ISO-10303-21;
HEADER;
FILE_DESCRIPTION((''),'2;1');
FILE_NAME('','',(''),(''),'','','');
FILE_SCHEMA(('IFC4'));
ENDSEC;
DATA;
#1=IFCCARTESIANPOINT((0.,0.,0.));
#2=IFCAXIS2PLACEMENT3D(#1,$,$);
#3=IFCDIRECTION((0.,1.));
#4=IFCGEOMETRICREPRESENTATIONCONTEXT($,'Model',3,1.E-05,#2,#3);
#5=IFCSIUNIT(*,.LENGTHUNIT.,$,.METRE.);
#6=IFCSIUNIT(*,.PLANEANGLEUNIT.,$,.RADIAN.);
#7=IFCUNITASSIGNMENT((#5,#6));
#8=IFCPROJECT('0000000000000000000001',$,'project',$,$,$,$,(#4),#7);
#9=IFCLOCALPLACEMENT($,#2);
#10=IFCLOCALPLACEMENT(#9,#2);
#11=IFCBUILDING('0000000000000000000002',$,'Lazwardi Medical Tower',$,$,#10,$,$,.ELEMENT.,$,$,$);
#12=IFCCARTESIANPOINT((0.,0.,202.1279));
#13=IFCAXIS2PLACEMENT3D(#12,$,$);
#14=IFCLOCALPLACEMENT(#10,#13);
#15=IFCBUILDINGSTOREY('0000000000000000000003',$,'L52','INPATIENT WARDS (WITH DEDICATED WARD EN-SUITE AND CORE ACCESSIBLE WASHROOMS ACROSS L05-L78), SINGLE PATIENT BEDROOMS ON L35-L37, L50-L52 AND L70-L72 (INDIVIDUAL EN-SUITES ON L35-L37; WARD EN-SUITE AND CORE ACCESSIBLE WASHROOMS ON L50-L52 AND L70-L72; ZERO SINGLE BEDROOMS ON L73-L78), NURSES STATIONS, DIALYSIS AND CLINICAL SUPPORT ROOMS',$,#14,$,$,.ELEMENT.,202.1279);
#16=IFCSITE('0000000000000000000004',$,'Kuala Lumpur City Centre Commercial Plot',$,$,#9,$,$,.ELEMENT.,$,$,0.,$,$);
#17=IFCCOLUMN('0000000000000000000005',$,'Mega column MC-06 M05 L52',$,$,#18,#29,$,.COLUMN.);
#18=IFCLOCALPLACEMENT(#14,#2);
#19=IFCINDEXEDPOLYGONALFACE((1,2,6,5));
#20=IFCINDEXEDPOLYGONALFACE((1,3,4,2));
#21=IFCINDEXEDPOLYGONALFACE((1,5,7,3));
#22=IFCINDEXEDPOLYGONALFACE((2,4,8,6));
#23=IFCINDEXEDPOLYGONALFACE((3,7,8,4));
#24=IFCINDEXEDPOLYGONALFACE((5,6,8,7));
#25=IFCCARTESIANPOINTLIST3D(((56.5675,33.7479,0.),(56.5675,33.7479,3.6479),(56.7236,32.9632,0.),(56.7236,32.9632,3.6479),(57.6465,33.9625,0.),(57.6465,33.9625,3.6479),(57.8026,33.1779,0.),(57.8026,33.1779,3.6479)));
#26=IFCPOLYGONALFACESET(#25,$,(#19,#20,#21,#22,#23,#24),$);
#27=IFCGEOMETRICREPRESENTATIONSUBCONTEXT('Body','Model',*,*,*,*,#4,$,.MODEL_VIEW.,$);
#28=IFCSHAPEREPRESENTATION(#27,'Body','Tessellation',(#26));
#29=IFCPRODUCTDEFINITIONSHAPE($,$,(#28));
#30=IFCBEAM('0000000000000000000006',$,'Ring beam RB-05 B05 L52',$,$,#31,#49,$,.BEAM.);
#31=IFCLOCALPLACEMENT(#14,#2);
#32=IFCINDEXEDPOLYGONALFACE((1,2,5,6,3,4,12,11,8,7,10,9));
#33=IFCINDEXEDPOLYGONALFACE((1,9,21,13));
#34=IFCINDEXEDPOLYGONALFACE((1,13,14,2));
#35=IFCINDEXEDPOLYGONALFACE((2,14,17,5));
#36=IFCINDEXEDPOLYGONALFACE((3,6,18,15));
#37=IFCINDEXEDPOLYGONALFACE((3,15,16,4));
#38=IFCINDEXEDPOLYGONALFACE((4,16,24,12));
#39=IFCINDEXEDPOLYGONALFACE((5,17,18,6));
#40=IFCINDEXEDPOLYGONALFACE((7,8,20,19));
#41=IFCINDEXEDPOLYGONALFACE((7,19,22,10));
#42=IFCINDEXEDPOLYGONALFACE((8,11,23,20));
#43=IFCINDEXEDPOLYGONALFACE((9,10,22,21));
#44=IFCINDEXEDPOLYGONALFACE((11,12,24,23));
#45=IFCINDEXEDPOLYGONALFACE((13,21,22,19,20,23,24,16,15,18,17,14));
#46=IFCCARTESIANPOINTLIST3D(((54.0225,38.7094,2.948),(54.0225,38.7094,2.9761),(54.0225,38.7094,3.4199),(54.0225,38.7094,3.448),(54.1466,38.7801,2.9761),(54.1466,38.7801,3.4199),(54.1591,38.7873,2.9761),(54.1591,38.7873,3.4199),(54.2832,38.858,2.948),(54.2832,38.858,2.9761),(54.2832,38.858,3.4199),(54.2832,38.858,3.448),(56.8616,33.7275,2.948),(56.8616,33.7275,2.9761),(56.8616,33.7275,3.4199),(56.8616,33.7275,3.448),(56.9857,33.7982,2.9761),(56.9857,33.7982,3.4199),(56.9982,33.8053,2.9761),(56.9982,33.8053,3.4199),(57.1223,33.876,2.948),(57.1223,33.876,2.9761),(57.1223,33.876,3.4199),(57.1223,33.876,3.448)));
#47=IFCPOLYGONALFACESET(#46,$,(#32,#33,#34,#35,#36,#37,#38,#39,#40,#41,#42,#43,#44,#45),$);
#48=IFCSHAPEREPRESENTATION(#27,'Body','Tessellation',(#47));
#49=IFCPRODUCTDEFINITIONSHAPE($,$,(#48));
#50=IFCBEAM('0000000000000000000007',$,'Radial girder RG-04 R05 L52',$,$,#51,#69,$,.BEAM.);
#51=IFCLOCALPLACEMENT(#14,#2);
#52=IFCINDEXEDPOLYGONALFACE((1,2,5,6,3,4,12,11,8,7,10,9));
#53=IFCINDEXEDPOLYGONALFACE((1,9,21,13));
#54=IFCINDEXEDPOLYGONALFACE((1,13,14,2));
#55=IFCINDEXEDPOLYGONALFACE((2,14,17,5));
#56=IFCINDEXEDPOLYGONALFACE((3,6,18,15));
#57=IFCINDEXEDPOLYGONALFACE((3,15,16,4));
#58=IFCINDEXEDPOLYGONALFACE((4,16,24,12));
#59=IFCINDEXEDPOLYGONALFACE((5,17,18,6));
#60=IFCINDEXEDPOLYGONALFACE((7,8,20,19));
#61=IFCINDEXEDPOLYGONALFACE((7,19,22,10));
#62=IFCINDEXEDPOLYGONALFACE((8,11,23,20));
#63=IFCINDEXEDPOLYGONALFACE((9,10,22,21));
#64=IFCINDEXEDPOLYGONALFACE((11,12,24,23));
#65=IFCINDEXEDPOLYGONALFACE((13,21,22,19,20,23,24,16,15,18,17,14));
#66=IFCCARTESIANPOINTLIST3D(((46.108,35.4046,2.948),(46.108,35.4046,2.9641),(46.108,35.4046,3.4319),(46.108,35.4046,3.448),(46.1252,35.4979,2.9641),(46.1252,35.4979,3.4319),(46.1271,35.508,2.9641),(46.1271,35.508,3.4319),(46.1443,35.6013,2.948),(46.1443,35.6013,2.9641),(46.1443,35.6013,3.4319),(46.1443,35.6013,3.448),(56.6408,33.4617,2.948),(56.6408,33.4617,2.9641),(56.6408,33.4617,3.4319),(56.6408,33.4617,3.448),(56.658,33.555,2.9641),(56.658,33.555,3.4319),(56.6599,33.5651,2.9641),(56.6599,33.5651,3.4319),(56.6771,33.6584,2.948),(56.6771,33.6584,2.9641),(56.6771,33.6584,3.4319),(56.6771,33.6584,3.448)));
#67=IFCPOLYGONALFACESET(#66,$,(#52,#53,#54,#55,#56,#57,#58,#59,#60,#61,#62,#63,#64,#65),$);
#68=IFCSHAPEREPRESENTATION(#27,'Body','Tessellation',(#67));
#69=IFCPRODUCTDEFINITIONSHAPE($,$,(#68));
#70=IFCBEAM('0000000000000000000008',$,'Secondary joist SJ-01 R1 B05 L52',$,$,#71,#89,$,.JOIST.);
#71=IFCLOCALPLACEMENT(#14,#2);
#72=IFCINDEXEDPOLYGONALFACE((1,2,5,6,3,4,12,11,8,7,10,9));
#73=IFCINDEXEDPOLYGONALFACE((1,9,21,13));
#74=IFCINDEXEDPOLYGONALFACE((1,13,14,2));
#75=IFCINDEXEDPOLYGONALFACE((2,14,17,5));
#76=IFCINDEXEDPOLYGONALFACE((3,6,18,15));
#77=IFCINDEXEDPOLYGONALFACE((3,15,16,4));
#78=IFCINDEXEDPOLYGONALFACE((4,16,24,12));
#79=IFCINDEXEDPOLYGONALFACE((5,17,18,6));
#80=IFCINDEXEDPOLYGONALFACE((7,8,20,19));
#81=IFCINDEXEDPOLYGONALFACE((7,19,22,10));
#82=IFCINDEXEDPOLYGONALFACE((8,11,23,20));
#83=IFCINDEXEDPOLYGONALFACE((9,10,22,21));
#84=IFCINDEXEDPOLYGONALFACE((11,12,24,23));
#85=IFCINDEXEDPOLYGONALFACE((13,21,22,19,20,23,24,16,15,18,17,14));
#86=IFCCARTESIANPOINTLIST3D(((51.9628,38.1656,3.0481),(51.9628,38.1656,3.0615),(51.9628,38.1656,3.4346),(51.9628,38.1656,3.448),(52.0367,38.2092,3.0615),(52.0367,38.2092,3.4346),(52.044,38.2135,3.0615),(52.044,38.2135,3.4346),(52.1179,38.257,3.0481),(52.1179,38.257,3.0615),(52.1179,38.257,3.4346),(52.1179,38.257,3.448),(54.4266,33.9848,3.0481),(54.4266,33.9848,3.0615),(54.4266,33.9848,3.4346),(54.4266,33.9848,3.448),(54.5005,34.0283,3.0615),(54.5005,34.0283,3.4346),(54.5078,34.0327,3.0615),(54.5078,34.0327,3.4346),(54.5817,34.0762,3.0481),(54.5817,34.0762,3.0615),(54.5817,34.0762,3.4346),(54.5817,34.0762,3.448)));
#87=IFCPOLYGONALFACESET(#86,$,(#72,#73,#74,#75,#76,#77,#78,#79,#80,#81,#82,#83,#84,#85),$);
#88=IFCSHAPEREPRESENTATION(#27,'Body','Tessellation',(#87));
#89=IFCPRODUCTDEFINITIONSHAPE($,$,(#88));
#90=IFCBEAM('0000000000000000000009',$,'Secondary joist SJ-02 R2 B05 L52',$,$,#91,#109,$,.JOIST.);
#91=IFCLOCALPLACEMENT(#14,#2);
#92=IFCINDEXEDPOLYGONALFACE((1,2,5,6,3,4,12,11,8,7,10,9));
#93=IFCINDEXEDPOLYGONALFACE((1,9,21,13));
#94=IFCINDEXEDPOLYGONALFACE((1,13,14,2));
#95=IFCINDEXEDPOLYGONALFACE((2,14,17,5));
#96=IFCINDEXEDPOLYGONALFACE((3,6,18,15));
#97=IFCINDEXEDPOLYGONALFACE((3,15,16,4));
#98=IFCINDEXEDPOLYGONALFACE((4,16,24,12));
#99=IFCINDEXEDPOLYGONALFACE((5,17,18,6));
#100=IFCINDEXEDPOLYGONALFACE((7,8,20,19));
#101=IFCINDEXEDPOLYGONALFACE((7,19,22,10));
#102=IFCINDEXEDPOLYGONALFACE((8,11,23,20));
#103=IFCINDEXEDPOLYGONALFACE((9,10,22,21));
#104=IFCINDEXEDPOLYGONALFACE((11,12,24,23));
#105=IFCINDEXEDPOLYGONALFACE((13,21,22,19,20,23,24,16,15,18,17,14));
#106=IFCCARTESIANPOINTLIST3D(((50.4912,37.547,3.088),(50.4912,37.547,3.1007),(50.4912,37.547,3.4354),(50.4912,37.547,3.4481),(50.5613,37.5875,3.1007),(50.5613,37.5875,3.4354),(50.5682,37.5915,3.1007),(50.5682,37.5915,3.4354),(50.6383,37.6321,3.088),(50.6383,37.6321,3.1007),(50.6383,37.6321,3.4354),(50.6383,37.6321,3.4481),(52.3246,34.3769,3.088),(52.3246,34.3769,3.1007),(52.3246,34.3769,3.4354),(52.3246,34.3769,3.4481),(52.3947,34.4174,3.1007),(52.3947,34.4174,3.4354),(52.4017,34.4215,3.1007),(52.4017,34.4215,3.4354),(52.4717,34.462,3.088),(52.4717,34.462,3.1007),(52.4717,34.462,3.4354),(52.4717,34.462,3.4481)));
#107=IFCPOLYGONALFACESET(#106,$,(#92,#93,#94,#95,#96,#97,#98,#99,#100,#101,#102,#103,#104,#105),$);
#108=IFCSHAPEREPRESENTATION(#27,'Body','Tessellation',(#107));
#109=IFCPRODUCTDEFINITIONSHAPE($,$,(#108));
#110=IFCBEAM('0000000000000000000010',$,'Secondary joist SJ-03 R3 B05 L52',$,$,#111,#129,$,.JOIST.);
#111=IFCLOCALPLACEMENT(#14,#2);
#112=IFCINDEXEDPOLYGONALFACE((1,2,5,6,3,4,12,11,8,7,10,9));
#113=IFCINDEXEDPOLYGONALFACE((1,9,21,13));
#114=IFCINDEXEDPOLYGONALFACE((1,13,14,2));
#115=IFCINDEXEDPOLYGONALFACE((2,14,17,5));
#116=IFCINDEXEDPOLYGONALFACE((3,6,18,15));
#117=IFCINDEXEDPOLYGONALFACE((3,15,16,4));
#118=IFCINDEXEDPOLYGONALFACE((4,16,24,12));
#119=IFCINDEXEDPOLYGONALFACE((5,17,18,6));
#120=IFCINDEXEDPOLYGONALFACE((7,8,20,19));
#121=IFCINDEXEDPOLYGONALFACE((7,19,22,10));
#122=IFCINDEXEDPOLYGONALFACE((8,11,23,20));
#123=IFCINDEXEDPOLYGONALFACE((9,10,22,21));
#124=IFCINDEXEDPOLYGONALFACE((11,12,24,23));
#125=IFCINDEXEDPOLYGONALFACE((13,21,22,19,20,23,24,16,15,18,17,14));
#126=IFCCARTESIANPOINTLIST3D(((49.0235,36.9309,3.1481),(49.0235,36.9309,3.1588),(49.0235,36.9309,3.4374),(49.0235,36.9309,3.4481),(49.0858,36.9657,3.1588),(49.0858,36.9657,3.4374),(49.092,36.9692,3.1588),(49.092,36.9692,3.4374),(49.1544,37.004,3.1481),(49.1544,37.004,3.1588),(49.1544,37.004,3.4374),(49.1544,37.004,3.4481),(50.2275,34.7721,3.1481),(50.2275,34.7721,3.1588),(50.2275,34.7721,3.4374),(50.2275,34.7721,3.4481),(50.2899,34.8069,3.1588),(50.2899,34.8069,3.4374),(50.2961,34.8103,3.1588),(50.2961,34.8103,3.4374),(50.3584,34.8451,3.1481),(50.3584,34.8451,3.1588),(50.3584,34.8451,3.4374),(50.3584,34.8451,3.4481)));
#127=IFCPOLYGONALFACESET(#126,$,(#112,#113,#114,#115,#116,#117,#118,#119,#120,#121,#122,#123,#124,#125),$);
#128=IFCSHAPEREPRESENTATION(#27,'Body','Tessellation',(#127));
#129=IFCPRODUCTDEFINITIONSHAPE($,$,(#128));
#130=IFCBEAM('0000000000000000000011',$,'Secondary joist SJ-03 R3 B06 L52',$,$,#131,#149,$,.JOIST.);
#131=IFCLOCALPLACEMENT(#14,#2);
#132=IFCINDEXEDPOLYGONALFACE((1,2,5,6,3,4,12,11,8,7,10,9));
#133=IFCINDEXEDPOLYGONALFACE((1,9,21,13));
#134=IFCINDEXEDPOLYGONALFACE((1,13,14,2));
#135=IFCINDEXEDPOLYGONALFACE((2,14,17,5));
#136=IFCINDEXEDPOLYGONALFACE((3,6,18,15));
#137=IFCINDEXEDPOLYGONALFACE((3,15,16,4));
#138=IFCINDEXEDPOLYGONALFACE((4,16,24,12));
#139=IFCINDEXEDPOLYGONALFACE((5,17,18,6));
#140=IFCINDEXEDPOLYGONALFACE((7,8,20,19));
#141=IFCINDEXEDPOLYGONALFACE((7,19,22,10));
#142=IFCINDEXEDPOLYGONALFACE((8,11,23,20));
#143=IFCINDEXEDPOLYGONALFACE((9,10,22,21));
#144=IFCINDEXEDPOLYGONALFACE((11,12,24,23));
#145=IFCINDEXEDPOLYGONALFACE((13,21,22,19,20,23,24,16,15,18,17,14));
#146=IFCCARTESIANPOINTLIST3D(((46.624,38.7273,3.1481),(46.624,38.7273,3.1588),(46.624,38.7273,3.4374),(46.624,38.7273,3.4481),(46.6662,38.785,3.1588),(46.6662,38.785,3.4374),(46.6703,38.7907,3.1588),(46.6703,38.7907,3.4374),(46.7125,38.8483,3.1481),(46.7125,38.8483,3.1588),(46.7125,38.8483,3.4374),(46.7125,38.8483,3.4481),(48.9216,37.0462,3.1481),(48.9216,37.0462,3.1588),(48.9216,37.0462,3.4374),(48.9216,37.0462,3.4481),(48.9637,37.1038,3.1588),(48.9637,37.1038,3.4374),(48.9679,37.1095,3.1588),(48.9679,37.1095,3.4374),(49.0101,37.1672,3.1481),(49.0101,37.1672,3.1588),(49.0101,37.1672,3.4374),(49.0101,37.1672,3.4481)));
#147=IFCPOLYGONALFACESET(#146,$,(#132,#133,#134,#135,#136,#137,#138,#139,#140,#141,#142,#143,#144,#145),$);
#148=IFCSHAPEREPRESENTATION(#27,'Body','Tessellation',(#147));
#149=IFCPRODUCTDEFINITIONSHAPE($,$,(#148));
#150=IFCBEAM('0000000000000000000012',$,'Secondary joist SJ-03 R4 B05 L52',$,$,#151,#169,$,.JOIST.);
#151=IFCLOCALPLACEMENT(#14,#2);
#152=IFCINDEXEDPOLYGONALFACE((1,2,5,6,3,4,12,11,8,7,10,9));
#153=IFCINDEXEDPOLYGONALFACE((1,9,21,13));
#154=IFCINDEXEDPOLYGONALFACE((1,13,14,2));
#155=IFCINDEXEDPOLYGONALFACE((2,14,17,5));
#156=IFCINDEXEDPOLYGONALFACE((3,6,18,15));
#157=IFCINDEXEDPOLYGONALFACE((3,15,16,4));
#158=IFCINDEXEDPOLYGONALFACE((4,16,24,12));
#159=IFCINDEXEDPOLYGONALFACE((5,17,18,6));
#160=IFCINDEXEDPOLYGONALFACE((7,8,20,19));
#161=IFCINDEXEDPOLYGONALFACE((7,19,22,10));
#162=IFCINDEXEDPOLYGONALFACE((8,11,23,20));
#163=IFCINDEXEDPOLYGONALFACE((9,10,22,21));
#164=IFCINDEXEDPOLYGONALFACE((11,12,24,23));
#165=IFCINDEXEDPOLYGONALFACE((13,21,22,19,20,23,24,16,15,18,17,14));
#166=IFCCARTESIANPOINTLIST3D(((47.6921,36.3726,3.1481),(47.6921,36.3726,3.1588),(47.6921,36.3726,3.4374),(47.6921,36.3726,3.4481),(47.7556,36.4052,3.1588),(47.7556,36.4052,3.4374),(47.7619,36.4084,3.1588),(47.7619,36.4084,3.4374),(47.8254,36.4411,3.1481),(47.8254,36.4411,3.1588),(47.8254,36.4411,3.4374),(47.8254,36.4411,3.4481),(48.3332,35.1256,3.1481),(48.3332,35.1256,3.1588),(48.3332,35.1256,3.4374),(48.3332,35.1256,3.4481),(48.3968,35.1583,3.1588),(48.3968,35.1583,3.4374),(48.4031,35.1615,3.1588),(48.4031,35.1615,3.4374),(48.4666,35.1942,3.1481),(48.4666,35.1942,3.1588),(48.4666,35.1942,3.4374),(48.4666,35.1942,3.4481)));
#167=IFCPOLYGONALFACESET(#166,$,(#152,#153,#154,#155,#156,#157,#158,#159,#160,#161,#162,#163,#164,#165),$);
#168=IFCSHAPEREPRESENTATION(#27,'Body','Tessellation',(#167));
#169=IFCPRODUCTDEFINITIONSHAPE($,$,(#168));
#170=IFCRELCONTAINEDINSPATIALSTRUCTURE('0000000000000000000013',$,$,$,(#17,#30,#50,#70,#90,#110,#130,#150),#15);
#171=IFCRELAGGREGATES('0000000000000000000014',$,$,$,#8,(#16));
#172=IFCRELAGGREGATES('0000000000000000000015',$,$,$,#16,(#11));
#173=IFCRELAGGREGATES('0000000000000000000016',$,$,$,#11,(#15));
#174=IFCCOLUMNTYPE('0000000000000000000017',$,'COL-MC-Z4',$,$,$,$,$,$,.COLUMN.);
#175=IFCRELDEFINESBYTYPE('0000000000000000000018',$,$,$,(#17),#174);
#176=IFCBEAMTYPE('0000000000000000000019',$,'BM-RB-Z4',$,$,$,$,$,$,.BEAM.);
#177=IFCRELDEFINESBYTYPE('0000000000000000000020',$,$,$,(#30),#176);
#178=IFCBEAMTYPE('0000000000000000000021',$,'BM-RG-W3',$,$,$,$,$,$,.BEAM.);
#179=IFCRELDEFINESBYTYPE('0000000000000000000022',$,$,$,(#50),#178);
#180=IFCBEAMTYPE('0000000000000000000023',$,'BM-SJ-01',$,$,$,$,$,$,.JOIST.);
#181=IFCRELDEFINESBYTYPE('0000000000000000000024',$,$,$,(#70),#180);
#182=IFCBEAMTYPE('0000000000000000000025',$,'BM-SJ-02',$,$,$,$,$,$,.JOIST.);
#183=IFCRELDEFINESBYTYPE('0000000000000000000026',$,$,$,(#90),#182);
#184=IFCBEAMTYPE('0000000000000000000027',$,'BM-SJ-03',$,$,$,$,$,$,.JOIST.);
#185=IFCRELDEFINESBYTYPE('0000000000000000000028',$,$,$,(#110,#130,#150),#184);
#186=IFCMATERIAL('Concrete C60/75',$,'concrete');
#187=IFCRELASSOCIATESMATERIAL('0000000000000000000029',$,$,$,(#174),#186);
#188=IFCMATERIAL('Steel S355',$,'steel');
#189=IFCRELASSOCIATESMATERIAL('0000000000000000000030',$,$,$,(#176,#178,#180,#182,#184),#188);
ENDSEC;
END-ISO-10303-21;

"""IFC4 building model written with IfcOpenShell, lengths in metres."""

from ifc_helpers import new_model, si_unit, direction, frame, origin, origin_2d, place, context, subcontext, project, spatial, rectangle, i_section, extrude, material, material_profile, profile_set, type_object, element, save


model = new_model("IFC4")

# Units and contexts
model_context = context("Model", 3, precision=1e-05, world=origin(), true_north=direction((0.0, 1.0)))
body_context = subcontext(model_context, "Body", "Model", "MODEL_VIEW")
ifc_project = project(units=[si_unit("LENGTHUNIT", "METRE"), si_unit("PLANEANGLEUNIT", "RADIAN")], contexts=[model_context])

# Site, building, storey
site_placement = place(None, origin())
site = spatial("IfcSite", under=ifc_project, at=site_placement, Name="Kuala Lumpur City Centre Commercial Plot", CompositionType="ELEMENT", RefElevation=0.0)
building_placement = place(site_placement, origin())
building = spatial("IfcBuilding", under=site, at=building_placement, Name="Lazwardi Medical Tower", CompositionType="ELEMENT")
storey_placement = place(building_placement, frame((0.0, 0.0, 202.1279)))
storey = spatial("IfcBuildingStorey", under=building, at=storey_placement, Name="L52", Description="INPATIENT WARDS (WITH DEDICATED WARD EN-SUITE AND CORE ACCESSIBLE WASHROOMS ACROSS L05-L78), SINGLE PATIENT BEDROOMS ON L35-L37, L50-L52 AND L70-L72 (INDIVIDUAL EN-SUITES ON L35-L37; WARD EN-SUITE AND CORE ACCESSIBLE WASHROOMS ON L50-L52 AND L70-L72; ZERO SINGLE BEDROOMS ON L73-L78), NURSES STATIONS, DIALYSIS AND CLINICAL SUPPORT ROOMS", CompositionType="ELEMENT", Elevation=202.1279)

# Column
ifc_material_1 = material(Name="Concrete C60/75", Category="concrete")
ifc_material_profile_1 = material_profile(ifc_material_1, rectangle(XDim=1.1001, YDim=0.8, at=origin_2d()), Name="CFT-RECT 1100x800")
ifc_profile_set_1 = profile_set([ifc_material_profile_1], Name="Concrete C60/75")
column_type = type_object("IfcColumnType", Name="COL-MC-Z4", PredefinedType="COLUMN", material=ifc_profile_set_1)
column_placement = place(storey_placement, frame((57.1851, 33.4629, 0.0), z_axis=(0.0, 0.0, 1.0), x_axis=(0.980785, 0.19509, 0.0)))
element("IfcColumn", 1, at=column_placement, inside=storey, type_object=column_type, Name="Mega column MC-06 M05 L52", PredefinedType="COLUMN", context=body_context, shape_type="SweptSolid", body=[
    extrude(rectangle(XDim=1.1001, YDim=0.8, at=origin_2d()), origin(), (0.0, 0.0, 1.0), 3.6479),
])

# Beams
ifc_material_2 = material(Name="Steel S355", Category="steel")
ifc_material_profile_2 = material_profile(ifc_material_2, i_section(OverallWidth=0.3, OverallDepth=0.5, WebThickness=0.0144, FlangeThickness=0.0281, at=origin_2d()), Name="HEB 500")
ifc_profile_set_2 = profile_set([ifc_material_profile_2], Name="Steel S355")
beam_type_1 = type_object("IfcBeamType", Name="BM-RB-Z4", PredefinedType="BEAM", material=ifc_profile_set_2)
beam_1_placement = place(storey_placement, frame((56.9919, 33.8018, 3.198), z_axis=(-0.495125, 0.868822, 0.0), x_axis=(-0.868822, -0.495125, 0.0)))
element("IfcBeam", 2, at=beam_1_placement, inside=storey, type_object=beam_type_1, Name="Ring beam RB-05 B05 L52", PredefinedType="BEAM", context=body_context, shape_type="SweptSolid", body=[
    extrude(i_section(OverallWidth=0.3, OverallDepth=0.5, WebThickness=0.0144, FlangeThickness=0.0281, at=origin_2d()), origin(), (0.0, 0.0, 1.0), 5.7341),
])
ifc_material_profile_3 = material_profile(ifc_material_2, i_section(OverallWidth=0.2, OverallDepth=0.5, WebThickness=0.0103, FlangeThickness=0.0161, at=origin_2d()), Name="IPE 500")
ifc_profile_set_3 = profile_set([ifc_material_profile_3], Name="Steel S355")
beam_type_2 = type_object("IfcBeamType", Name="BM-RG-W3", PredefinedType="BEAM", material=ifc_profile_set_3)
beam_2_placement = place(storey_placement, frame((56.6589, 33.5601, 3.198), z_axis=(-0.983409, 0.1814, 0.0), x_axis=(-0.1814, -0.983409, 0.0)))
element("IfcBeam", 3, at=beam_2_placement, inside=storey, type_object=beam_type_2, Name="Radial girder RG-04 R05 L52", PredefinedType="BEAM", context=body_context, shape_type="SweptSolid", body=[
    extrude(i_section(OverallWidth=0.2, OverallDepth=0.5, WebThickness=0.0103, FlangeThickness=0.0161, at=origin_2d()), origin(), (0.0, 0.0, 1.0), 10.7104),
])
ifc_material_profile_4 = material_profile(ifc_material_2, i_section(OverallWidth=0.1799, OverallDepth=0.3999, WebThickness=0.0085, FlangeThickness=0.0134, at=origin_2d()), Name="IPE 400")
ifc_profile_set_4 = profile_set([ifc_material_profile_4], Name="Steel S355")
beam_type_3 = type_object("IfcBeamType", Name="BM-SJ-01", PredefinedType="JOIST", material=ifc_profile_set_4)
beam_3_placement = place(storey_placement, frame((54.5042, 34.0305, 3.248), z_axis=(-0.50771, 0.861528, 0.0), x_axis=(-0.861528, -0.50771, 0.0)))
element("IfcBeam", 4, at=beam_3_placement, inside=storey, type_object=beam_type_3, Name="Secondary joist SJ-01 R1 B05 L52", PredefinedType="JOIST", context=body_context, shape_type="SweptSolid", body=[
    extrude(i_section(OverallWidth=0.1799, OverallDepth=0.3999, WebThickness=0.0085, FlangeThickness=0.0134, at=origin_2d()), origin(), (0.0, 0.0, 1.0), 4.8528),
])
ifc_material_profile_5 = material_profile(ifc_material_2, i_section(OverallWidth=0.1699, OverallDepth=0.3601, WebThickness=0.0081, FlangeThickness=0.0127, at=origin_2d()), Name="IPE 360")
ifc_profile_set_5 = profile_set([ifc_material_profile_5], Name="Steel S355")
beam_type_4 = type_object("IfcBeamType", Name="BM-SJ-02", PredefinedType="JOIST", material=ifc_profile_set_5)
beam_4_placement = place(storey_placement, frame((52.3982, 34.4194, 3.2681), z_axis=(-0.500655, 0.865647, 0.0), x_axis=(-0.865647, -0.500655, 0.0)))
element("IfcBeam", 5, at=beam_4_placement, inside=storey, type_object=beam_type_4, Name="Secondary joist SJ-02 R2 B05 L52", PredefinedType="JOIST", context=body_context, shape_type="SweptSolid", body=[
    extrude(i_section(OverallWidth=0.1699, OverallDepth=0.3601, WebThickness=0.0081, FlangeThickness=0.0127, at=origin_2d()), origin(), (0.0, 0.0, 1.0), 3.6621),
])
ifc_material_profile_6 = material_profile(ifc_material_2, i_section(OverallWidth=0.1499, OverallDepth=0.3, WebThickness=0.0071, FlangeThickness=0.0107, at=origin_2d()), Name="IPE 300")
ifc_profile_set_6 = profile_set([ifc_material_profile_6], Name="Steel S355")
beam_type_5 = type_object("IfcBeamType", Name="BM-SJ-03", PredefinedType="JOIST", material=ifc_profile_set_6)
beam_5_placement = place(storey_placement, frame((50.293, 34.8086, 3.2981), z_axis=(-0.487093, 0.87335, 0.0), x_axis=(-0.87335, -0.487093, 0.0)))
element("IfcBeam", 6, at=beam_5_placement, inside=storey, type_object=beam_type_5, Name="Secondary joist SJ-03 R3 B05 L52", PredefinedType="JOIST", context=body_context, shape_type="SweptSolid", body=[
    extrude(i_section(OverallWidth=0.1499, OverallDepth=0.3, WebThickness=0.0071, FlangeThickness=0.0107, at=origin_2d()), origin(), (0.0, 0.0, 1.0), 2.4719),
])
beam_6_placement = place(storey_placement, frame((48.9658, 37.1067, 3.2981), z_axis=(-0.807034, 0.590505, 0.0), x_axis=(-0.590505, -0.807034, 0.0)))
element("IfcBeam", 7, at=beam_6_placement, inside=storey, type_object=beam_type_5, Name="Secondary joist SJ-03 R3 B06 L52", PredefinedType="JOIST", context=body_context, shape_type="SweptSolid", body=[
    extrude(i_section(OverallWidth=0.1499, OverallDepth=0.3, WebThickness=0.0071, FlangeThickness=0.0107, at=origin_2d()), origin(), (0.0, 0.0, 1.0), 2.8469),
])
beam_7_placement = place(storey_placement, frame((48.3999, 35.1599, 3.2981), z_axis=(-0.457285, 0.88932, 0.0), x_axis=(-0.88932, -0.457285, 0.0)))
element("IfcBeam", 8, at=beam_7_placement, inside=storey, type_object=beam_type_5, Name="Secondary joist SJ-03 R4 B05 L52", PredefinedType="JOIST", context=body_context, shape_type="SweptSolid", body=[
    extrude(i_section(OverallWidth=0.1499, OverallDepth=0.3, WebThickness=0.0071, FlangeThickness=0.0107, at=origin_2d()), origin(), (0.0, 0.0, 1.0), 1.4021),
])

save(model, "model.ifc")
